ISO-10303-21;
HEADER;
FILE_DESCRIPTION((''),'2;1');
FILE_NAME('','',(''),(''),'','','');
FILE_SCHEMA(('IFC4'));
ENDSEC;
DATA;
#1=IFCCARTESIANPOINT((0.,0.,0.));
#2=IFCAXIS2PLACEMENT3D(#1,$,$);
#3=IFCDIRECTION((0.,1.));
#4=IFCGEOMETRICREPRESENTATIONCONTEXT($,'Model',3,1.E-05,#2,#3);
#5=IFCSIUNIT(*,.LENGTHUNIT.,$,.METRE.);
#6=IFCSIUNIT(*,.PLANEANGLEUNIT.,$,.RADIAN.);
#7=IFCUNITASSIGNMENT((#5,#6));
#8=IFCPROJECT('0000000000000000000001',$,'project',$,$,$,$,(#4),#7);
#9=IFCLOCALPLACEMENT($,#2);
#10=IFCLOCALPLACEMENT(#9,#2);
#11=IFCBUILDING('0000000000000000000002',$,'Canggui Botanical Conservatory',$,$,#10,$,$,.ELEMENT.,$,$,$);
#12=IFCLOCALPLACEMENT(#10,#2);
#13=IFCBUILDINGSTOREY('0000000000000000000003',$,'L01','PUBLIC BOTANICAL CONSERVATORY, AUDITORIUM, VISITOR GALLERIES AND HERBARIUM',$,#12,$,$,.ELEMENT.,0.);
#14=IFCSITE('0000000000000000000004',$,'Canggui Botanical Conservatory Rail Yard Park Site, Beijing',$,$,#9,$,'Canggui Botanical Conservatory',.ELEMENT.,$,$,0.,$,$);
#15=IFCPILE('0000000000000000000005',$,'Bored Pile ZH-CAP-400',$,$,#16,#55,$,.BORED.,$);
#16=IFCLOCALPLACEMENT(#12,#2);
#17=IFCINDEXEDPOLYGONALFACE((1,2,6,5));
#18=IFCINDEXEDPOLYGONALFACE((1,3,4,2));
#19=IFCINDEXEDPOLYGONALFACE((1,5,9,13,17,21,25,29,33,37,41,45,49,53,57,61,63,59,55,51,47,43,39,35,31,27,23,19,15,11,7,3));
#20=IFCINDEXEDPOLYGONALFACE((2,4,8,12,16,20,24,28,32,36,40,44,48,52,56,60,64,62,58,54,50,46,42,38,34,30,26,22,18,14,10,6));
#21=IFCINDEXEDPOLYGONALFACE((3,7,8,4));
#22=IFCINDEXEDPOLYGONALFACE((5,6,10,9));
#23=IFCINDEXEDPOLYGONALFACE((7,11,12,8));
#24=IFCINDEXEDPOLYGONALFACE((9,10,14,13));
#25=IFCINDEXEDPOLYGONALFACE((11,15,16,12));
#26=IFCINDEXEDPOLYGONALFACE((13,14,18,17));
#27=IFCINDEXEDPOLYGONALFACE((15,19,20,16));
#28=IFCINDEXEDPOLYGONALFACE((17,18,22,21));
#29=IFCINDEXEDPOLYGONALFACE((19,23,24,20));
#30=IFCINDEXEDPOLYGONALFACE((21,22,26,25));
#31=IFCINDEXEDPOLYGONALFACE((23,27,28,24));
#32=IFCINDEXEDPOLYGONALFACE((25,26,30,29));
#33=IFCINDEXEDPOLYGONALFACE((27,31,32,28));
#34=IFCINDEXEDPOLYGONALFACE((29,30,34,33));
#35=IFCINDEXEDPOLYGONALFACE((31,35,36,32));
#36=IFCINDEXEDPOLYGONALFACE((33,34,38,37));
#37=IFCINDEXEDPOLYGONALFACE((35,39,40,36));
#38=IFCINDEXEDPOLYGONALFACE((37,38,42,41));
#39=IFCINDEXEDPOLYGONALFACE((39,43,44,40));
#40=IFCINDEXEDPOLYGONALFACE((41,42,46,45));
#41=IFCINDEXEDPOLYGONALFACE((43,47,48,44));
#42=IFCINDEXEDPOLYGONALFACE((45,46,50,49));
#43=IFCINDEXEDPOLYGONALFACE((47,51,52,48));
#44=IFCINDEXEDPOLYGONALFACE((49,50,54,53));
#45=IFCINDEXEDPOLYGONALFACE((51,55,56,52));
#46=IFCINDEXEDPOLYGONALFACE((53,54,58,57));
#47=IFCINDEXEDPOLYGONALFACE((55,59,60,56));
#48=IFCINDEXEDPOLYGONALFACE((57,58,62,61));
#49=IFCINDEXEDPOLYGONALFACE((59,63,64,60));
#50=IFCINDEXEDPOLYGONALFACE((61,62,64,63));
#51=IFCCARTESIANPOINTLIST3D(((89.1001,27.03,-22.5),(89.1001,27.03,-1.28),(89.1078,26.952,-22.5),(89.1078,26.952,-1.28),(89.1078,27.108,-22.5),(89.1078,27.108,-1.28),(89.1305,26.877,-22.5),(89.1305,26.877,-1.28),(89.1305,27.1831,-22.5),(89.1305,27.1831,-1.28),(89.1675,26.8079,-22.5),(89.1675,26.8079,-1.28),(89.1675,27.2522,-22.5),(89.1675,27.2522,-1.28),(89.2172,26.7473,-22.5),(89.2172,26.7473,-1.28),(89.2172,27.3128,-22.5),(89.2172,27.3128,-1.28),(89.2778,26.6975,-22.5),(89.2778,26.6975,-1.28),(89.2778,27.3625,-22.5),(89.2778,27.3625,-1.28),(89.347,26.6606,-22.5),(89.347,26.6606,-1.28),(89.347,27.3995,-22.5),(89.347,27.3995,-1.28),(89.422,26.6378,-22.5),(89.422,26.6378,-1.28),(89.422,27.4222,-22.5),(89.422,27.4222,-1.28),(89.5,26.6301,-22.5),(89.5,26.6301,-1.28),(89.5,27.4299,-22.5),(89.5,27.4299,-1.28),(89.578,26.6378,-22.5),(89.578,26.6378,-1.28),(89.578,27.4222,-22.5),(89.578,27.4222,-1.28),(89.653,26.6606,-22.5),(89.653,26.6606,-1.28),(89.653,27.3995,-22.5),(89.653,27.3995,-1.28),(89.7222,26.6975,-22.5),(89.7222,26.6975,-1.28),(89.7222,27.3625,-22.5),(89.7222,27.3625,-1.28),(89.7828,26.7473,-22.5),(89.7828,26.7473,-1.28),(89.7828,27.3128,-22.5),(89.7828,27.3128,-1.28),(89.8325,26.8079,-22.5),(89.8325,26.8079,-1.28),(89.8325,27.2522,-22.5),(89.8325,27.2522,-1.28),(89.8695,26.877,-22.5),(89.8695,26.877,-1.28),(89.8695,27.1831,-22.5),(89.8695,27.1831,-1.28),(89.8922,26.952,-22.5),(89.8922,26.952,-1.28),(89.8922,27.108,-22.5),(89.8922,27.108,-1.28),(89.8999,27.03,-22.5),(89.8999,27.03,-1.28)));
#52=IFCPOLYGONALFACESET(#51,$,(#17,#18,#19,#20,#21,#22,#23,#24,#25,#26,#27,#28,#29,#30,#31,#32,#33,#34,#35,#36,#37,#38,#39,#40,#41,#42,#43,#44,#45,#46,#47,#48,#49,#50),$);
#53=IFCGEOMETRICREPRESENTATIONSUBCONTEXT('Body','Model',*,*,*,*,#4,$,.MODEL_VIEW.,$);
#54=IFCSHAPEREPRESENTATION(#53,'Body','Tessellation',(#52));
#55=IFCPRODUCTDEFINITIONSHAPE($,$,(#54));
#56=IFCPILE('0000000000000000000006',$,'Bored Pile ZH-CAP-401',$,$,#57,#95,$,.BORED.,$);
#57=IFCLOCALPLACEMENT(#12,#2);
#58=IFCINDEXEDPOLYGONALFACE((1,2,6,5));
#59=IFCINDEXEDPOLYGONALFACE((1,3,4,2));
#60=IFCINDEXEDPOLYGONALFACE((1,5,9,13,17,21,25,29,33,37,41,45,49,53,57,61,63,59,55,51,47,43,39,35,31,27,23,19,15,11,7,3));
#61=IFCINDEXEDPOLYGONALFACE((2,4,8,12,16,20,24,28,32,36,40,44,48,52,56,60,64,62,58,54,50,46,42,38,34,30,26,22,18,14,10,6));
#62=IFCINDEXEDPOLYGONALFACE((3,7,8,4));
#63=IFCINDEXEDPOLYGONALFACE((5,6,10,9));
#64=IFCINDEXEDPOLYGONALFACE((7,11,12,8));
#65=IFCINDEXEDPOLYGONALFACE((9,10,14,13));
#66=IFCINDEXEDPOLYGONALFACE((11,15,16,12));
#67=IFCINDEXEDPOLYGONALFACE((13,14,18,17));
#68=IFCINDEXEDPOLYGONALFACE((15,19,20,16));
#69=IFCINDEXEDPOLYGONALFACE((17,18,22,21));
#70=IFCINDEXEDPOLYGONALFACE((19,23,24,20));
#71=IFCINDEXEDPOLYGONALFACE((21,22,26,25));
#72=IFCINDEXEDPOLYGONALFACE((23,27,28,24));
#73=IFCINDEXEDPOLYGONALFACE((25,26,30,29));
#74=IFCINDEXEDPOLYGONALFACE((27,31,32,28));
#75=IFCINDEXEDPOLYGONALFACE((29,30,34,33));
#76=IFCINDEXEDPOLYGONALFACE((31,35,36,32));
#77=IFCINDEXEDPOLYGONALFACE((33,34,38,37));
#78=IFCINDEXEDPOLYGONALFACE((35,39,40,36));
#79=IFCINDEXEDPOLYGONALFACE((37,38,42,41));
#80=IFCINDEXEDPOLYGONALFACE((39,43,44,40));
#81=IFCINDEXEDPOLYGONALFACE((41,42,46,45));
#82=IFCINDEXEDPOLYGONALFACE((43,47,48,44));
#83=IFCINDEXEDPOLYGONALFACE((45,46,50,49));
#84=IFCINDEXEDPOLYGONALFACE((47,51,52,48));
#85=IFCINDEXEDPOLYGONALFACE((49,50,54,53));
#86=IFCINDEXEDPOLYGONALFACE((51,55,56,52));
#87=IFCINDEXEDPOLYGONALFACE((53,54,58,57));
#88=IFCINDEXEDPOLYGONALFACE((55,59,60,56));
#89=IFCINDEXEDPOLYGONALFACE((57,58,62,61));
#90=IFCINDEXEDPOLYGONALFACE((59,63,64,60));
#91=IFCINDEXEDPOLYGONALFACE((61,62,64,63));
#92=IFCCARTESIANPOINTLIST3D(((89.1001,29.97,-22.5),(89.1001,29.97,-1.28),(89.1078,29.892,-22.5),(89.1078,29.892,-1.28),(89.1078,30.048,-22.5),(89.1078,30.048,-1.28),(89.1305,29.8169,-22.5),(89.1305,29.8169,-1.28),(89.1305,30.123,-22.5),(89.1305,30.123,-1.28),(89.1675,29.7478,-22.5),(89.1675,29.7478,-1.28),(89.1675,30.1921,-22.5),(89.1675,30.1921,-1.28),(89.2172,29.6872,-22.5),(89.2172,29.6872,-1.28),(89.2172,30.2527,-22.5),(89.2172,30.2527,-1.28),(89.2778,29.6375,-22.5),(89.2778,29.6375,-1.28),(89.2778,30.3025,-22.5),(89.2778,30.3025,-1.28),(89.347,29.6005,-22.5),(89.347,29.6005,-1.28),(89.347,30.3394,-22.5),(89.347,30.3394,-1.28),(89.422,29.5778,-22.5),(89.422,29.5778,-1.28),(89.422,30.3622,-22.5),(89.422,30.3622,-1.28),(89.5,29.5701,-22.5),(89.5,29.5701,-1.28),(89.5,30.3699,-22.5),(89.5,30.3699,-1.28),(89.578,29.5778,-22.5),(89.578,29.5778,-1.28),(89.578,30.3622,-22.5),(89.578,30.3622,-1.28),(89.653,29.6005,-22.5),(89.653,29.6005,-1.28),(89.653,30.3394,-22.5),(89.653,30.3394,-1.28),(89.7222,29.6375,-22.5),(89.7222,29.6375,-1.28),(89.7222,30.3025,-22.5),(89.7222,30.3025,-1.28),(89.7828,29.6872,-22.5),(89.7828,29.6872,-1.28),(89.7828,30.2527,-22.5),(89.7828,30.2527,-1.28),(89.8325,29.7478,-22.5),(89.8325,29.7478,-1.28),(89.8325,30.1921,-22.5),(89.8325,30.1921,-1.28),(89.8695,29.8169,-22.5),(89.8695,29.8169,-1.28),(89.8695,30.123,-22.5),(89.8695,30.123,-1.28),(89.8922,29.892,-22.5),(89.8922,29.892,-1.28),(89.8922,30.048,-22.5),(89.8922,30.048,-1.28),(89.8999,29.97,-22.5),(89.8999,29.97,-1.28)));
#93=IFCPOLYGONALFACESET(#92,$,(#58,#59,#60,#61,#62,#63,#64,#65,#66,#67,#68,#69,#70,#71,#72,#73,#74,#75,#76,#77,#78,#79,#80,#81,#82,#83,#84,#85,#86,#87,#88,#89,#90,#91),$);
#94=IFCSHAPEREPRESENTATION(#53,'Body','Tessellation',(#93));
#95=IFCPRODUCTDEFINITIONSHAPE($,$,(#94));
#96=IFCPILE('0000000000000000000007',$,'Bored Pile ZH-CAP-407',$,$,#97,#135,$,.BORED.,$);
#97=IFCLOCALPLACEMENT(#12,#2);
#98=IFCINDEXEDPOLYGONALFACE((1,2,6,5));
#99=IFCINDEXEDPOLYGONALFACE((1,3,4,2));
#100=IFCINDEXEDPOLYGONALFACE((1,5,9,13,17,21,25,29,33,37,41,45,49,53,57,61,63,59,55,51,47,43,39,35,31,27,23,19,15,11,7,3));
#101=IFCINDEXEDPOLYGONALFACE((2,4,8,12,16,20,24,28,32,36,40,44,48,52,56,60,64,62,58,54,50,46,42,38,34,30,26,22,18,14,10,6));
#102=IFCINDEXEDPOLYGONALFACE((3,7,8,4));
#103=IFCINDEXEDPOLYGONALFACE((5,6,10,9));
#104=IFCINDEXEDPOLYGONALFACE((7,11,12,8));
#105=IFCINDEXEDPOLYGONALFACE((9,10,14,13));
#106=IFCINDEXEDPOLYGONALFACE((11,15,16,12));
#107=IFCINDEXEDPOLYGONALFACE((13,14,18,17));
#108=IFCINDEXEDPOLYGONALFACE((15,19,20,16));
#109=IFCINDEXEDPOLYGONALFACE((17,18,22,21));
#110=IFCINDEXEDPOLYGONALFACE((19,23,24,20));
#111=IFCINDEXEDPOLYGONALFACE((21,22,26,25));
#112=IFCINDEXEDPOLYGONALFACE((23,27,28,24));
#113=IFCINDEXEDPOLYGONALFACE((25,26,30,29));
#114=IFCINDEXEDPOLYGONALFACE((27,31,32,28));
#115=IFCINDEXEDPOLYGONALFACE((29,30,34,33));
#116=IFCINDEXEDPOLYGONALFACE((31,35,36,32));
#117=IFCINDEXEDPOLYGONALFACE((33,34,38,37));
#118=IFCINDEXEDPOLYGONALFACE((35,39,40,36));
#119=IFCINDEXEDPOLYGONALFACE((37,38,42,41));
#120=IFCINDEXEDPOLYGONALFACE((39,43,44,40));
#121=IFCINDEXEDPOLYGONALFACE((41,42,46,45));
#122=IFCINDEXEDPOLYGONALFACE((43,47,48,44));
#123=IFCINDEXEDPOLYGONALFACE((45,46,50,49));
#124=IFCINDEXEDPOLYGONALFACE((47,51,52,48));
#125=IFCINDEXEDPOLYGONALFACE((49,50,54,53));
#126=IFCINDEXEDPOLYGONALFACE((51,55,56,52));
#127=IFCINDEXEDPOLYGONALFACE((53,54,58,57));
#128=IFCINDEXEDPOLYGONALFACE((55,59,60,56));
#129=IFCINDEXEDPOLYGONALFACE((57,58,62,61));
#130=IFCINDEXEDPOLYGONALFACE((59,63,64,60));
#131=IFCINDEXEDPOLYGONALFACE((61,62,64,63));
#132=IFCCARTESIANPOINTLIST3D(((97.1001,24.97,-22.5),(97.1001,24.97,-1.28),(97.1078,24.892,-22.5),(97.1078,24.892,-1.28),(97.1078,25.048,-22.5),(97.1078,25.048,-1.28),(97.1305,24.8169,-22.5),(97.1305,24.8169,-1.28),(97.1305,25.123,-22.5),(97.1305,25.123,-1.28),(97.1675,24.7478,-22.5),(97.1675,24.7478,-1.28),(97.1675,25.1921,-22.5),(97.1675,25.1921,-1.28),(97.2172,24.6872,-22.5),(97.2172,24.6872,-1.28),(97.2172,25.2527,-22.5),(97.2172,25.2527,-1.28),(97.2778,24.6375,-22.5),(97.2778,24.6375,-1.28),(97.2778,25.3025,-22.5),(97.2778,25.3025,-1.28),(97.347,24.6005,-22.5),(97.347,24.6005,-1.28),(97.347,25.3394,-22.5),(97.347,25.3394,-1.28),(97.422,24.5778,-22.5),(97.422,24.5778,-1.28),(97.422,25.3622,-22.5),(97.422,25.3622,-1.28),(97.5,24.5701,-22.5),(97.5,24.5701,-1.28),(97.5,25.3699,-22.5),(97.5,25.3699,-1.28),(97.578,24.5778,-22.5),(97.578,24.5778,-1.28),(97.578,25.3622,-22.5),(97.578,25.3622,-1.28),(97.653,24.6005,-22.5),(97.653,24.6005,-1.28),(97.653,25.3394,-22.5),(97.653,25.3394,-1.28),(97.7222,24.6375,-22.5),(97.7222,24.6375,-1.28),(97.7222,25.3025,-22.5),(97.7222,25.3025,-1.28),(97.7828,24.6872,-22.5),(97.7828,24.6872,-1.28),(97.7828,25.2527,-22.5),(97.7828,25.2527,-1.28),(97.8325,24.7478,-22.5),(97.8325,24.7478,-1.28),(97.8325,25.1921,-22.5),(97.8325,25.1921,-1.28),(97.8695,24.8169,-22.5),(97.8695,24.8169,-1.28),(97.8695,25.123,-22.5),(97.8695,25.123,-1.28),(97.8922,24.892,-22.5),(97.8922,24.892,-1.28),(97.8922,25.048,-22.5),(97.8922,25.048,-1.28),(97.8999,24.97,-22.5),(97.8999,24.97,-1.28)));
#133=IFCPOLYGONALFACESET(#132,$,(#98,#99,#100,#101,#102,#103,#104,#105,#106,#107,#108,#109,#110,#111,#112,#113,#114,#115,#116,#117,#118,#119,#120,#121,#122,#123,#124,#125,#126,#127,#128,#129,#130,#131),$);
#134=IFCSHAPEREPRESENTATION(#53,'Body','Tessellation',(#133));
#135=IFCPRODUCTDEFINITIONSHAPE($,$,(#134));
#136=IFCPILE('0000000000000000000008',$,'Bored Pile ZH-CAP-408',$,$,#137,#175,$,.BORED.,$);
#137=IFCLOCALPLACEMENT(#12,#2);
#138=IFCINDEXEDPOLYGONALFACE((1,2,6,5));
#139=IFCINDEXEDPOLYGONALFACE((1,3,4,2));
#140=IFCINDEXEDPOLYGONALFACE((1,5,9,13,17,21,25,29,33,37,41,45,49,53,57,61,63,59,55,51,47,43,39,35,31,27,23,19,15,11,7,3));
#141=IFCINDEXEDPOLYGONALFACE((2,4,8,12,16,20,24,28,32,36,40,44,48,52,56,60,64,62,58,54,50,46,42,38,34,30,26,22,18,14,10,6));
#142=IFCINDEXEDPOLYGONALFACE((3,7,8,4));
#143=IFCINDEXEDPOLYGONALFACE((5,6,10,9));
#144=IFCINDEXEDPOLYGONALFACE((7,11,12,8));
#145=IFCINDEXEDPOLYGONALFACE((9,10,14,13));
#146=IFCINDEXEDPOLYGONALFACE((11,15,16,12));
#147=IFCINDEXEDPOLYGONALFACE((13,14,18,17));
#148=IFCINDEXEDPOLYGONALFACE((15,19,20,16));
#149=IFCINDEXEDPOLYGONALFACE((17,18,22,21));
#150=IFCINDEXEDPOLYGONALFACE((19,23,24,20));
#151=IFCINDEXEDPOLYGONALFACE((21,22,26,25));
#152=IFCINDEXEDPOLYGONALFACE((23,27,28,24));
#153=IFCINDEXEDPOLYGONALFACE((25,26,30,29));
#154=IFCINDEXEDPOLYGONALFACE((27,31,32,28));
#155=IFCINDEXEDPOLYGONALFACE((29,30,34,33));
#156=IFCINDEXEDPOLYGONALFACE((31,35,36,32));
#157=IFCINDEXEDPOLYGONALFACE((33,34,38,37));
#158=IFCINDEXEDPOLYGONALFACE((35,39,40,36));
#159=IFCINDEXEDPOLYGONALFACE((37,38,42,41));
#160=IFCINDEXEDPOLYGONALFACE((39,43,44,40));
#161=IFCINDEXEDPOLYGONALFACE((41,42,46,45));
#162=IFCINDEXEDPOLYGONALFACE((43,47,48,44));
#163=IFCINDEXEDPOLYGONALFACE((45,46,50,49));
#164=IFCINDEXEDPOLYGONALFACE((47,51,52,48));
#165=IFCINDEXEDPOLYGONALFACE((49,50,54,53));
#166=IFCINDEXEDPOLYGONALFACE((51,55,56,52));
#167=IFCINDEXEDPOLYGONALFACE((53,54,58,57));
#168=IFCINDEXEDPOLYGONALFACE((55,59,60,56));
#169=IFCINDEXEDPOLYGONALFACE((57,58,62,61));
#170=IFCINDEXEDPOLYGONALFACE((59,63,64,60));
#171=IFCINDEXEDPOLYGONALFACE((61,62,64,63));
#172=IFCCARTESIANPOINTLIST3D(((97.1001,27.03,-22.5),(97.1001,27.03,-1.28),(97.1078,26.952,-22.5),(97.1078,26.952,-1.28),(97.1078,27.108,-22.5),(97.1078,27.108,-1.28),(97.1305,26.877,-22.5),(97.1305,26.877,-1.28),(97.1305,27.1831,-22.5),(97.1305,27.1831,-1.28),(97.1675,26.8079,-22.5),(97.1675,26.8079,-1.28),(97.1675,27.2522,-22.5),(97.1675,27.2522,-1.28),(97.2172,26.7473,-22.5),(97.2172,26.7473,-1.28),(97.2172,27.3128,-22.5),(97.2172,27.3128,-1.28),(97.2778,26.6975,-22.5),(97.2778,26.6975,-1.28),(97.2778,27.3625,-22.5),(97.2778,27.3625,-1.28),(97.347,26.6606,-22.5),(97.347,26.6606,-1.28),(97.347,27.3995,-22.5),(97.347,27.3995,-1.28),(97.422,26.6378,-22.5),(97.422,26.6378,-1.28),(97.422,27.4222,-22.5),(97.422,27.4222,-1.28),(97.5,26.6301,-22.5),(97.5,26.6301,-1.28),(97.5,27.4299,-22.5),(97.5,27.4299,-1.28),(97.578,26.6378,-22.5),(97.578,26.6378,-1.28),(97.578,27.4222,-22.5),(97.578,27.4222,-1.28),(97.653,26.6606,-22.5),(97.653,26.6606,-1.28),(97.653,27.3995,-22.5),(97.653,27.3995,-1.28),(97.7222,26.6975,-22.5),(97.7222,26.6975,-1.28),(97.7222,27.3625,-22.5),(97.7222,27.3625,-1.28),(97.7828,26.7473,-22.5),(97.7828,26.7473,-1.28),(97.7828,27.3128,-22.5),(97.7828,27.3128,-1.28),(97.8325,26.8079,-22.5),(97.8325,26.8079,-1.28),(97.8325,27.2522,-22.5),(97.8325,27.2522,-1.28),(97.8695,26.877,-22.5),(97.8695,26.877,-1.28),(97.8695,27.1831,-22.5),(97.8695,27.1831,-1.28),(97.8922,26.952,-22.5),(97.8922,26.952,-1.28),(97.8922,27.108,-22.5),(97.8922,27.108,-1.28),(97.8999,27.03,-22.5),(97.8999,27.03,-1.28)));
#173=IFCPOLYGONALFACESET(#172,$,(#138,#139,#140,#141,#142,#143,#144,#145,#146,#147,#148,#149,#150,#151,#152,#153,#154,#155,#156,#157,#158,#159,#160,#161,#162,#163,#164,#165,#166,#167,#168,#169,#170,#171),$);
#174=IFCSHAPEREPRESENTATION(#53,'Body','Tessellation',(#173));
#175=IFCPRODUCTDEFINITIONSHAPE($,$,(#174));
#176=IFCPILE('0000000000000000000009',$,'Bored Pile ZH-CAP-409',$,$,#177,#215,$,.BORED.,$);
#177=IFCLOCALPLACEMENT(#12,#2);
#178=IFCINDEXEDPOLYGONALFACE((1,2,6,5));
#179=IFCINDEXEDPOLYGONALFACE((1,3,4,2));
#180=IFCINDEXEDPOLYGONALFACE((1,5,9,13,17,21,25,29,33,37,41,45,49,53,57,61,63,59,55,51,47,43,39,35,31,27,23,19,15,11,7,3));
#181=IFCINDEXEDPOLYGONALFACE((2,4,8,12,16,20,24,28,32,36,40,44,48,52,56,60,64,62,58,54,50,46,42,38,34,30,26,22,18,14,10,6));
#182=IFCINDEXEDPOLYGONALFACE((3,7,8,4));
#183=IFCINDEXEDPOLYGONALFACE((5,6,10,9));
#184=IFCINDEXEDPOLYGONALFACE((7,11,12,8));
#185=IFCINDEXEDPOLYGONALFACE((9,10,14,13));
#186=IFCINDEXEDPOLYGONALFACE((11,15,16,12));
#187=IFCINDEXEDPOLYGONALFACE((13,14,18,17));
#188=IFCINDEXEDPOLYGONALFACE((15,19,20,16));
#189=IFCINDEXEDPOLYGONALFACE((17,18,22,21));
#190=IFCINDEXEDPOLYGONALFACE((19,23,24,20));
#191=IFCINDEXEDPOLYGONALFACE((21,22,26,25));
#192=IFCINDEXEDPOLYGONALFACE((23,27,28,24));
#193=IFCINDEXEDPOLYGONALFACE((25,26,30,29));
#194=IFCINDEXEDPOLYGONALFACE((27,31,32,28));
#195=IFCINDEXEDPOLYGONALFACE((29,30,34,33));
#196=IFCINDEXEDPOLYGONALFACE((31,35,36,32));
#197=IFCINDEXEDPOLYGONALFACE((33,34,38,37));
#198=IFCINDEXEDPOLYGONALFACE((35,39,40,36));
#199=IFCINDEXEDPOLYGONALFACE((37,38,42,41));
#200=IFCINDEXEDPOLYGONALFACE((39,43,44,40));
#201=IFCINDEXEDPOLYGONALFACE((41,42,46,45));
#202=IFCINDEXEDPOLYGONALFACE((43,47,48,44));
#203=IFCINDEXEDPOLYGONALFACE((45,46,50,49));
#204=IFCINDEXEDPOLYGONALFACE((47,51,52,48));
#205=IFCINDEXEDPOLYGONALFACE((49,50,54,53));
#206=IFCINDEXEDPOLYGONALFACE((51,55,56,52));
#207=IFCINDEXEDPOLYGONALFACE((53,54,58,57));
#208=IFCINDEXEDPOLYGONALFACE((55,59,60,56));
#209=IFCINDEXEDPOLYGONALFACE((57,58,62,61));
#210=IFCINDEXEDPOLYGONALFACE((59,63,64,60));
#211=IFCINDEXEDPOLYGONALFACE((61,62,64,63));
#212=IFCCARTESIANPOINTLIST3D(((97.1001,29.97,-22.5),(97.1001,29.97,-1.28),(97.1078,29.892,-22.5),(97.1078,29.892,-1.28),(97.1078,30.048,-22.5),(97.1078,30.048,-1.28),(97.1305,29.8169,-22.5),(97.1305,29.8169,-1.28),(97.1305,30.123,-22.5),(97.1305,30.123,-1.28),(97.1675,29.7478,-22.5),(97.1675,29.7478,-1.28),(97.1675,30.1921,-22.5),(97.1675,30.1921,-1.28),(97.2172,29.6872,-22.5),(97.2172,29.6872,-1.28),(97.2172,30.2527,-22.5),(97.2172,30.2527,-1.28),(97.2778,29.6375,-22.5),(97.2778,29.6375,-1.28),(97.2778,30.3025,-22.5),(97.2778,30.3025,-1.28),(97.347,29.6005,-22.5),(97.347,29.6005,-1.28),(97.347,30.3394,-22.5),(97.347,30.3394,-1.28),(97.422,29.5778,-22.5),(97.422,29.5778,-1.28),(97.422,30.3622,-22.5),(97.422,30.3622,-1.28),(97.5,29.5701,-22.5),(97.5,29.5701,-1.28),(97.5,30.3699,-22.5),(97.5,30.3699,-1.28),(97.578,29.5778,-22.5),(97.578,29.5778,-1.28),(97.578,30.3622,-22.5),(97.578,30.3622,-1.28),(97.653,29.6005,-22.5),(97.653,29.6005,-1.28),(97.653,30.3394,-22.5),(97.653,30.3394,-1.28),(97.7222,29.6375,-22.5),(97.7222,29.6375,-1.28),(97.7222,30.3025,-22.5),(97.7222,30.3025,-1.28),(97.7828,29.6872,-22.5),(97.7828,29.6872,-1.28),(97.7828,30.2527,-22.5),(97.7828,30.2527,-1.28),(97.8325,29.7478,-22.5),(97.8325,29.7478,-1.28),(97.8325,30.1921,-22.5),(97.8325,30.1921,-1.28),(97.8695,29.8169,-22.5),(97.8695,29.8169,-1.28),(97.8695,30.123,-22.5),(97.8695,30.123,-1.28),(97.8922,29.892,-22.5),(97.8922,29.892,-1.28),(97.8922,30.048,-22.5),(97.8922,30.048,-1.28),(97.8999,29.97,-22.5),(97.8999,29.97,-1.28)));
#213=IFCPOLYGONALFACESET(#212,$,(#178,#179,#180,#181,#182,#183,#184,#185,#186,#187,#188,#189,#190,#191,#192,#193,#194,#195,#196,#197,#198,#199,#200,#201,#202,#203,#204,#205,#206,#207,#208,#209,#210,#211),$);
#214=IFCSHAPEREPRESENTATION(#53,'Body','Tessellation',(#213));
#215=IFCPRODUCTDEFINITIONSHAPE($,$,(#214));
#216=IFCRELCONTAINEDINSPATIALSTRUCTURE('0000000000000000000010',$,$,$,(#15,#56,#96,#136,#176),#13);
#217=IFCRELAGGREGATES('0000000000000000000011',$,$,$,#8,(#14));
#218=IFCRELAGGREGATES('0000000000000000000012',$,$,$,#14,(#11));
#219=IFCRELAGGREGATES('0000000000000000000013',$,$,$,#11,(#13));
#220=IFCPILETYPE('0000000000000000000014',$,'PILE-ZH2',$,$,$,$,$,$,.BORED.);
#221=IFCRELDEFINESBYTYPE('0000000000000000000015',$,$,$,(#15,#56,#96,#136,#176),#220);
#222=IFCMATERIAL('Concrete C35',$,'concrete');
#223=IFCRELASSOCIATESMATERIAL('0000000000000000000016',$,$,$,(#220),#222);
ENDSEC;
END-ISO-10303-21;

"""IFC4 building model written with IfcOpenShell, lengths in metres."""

from ifc_helpers import new_model, si_unit, direction, frame, origin, origin_2d, place, context, subcontext, project, spatial, circle, extrude, material, material_profile, profile_set, type_object, element, save


model = new_model("IFC4")

# Units and contexts
model_context = context("Model", 3, precision=1e-05, world=origin(), true_north=direction((0.0, 1.0)))
body_context = subcontext(model_context, "Body", "Model", "MODEL_VIEW")
ifc_project = project(units=[si_unit("LENGTHUNIT", "METRE"), si_unit("PLANEANGLEUNIT", "RADIAN")], contexts=[model_context])

# Site, building, storey
site_placement = place(None, origin())
site = spatial("IfcSite", under=ifc_project, at=site_placement, Name="Canggui Botanical Conservatory Rail Yard Park Site, Beijing", LongName="Canggui Botanical Conservatory", CompositionType="ELEMENT", RefElevation=0.0)
building_placement = place(site_placement, origin())
building = spatial("IfcBuilding", under=site, at=building_placement, Name="Canggui Botanical Conservatory", CompositionType="ELEMENT")
storey_placement = place(building_placement, origin())
storey = spatial("IfcBuildingStorey", under=building, at=storey_placement, Name="L01", Description="PUBLIC BOTANICAL CONSERVATORY, AUDITORIUM, VISITOR GALLERIES AND HERBARIUM", CompositionType="ELEMENT", Elevation=0.0)

# Shared definitions
ifc_material_1 = material(Name="Concrete C35", Category="concrete")

# Piles
ifc_material_profile_1 = material_profile(ifc_material_1, circle(Radius=0.3999, at=origin_2d()), Name="PILE D800")
ifc_profile_set_1 = profile_set([ifc_material_profile_1], Name="Concrete C35")
pile_type = type_object("IfcPileType", Name="PILE-ZH2", PredefinedType="BORED", material=ifc_profile_set_1)
for number, where, z_axis, x_axis, name in (
    (1, (89.5, 27.03, -1.28), (0.0, 0.0, -1.0), (1.0, 0.0, 0.0), "Bored Pile ZH-CAP-400"),
    (2, (89.5, 29.97, -1.28), (0.0, 0.0, -1.0), (1.0, 0.0, 0.0), "Bored Pile ZH-CAP-401"),
    (3, (97.5, 24.97, -1.28), (0.0, 0.0, -1.0), (1.0, 0.0, 0.0), "Bored Pile ZH-CAP-407"),
    (4, (97.5, 27.03, -1.28), (0.0, 0.0, -1.0), (1.0, 0.0, 0.0), "Bored Pile ZH-CAP-408"),
    (5, (97.5, 29.97, -1.28), (0.0, 0.0, -1.0), (1.0, 0.0, 0.0), "Bored Pile ZH-CAP-409"),
):
    element("IfcPile", number, at=place(storey_placement, frame(where, z_axis=z_axis, x_axis=x_axis)), inside=storey, type_object=pile_type, Name=name, PredefinedType="BORED", context=body_context, shape_type="SweptSolid", body=[
        extrude(circle(Radius=0.3999, at=origin_2d()), origin(), (0.0, 0.0, 1.0), 21.22),
    ])

save(model, "model.ifc")
